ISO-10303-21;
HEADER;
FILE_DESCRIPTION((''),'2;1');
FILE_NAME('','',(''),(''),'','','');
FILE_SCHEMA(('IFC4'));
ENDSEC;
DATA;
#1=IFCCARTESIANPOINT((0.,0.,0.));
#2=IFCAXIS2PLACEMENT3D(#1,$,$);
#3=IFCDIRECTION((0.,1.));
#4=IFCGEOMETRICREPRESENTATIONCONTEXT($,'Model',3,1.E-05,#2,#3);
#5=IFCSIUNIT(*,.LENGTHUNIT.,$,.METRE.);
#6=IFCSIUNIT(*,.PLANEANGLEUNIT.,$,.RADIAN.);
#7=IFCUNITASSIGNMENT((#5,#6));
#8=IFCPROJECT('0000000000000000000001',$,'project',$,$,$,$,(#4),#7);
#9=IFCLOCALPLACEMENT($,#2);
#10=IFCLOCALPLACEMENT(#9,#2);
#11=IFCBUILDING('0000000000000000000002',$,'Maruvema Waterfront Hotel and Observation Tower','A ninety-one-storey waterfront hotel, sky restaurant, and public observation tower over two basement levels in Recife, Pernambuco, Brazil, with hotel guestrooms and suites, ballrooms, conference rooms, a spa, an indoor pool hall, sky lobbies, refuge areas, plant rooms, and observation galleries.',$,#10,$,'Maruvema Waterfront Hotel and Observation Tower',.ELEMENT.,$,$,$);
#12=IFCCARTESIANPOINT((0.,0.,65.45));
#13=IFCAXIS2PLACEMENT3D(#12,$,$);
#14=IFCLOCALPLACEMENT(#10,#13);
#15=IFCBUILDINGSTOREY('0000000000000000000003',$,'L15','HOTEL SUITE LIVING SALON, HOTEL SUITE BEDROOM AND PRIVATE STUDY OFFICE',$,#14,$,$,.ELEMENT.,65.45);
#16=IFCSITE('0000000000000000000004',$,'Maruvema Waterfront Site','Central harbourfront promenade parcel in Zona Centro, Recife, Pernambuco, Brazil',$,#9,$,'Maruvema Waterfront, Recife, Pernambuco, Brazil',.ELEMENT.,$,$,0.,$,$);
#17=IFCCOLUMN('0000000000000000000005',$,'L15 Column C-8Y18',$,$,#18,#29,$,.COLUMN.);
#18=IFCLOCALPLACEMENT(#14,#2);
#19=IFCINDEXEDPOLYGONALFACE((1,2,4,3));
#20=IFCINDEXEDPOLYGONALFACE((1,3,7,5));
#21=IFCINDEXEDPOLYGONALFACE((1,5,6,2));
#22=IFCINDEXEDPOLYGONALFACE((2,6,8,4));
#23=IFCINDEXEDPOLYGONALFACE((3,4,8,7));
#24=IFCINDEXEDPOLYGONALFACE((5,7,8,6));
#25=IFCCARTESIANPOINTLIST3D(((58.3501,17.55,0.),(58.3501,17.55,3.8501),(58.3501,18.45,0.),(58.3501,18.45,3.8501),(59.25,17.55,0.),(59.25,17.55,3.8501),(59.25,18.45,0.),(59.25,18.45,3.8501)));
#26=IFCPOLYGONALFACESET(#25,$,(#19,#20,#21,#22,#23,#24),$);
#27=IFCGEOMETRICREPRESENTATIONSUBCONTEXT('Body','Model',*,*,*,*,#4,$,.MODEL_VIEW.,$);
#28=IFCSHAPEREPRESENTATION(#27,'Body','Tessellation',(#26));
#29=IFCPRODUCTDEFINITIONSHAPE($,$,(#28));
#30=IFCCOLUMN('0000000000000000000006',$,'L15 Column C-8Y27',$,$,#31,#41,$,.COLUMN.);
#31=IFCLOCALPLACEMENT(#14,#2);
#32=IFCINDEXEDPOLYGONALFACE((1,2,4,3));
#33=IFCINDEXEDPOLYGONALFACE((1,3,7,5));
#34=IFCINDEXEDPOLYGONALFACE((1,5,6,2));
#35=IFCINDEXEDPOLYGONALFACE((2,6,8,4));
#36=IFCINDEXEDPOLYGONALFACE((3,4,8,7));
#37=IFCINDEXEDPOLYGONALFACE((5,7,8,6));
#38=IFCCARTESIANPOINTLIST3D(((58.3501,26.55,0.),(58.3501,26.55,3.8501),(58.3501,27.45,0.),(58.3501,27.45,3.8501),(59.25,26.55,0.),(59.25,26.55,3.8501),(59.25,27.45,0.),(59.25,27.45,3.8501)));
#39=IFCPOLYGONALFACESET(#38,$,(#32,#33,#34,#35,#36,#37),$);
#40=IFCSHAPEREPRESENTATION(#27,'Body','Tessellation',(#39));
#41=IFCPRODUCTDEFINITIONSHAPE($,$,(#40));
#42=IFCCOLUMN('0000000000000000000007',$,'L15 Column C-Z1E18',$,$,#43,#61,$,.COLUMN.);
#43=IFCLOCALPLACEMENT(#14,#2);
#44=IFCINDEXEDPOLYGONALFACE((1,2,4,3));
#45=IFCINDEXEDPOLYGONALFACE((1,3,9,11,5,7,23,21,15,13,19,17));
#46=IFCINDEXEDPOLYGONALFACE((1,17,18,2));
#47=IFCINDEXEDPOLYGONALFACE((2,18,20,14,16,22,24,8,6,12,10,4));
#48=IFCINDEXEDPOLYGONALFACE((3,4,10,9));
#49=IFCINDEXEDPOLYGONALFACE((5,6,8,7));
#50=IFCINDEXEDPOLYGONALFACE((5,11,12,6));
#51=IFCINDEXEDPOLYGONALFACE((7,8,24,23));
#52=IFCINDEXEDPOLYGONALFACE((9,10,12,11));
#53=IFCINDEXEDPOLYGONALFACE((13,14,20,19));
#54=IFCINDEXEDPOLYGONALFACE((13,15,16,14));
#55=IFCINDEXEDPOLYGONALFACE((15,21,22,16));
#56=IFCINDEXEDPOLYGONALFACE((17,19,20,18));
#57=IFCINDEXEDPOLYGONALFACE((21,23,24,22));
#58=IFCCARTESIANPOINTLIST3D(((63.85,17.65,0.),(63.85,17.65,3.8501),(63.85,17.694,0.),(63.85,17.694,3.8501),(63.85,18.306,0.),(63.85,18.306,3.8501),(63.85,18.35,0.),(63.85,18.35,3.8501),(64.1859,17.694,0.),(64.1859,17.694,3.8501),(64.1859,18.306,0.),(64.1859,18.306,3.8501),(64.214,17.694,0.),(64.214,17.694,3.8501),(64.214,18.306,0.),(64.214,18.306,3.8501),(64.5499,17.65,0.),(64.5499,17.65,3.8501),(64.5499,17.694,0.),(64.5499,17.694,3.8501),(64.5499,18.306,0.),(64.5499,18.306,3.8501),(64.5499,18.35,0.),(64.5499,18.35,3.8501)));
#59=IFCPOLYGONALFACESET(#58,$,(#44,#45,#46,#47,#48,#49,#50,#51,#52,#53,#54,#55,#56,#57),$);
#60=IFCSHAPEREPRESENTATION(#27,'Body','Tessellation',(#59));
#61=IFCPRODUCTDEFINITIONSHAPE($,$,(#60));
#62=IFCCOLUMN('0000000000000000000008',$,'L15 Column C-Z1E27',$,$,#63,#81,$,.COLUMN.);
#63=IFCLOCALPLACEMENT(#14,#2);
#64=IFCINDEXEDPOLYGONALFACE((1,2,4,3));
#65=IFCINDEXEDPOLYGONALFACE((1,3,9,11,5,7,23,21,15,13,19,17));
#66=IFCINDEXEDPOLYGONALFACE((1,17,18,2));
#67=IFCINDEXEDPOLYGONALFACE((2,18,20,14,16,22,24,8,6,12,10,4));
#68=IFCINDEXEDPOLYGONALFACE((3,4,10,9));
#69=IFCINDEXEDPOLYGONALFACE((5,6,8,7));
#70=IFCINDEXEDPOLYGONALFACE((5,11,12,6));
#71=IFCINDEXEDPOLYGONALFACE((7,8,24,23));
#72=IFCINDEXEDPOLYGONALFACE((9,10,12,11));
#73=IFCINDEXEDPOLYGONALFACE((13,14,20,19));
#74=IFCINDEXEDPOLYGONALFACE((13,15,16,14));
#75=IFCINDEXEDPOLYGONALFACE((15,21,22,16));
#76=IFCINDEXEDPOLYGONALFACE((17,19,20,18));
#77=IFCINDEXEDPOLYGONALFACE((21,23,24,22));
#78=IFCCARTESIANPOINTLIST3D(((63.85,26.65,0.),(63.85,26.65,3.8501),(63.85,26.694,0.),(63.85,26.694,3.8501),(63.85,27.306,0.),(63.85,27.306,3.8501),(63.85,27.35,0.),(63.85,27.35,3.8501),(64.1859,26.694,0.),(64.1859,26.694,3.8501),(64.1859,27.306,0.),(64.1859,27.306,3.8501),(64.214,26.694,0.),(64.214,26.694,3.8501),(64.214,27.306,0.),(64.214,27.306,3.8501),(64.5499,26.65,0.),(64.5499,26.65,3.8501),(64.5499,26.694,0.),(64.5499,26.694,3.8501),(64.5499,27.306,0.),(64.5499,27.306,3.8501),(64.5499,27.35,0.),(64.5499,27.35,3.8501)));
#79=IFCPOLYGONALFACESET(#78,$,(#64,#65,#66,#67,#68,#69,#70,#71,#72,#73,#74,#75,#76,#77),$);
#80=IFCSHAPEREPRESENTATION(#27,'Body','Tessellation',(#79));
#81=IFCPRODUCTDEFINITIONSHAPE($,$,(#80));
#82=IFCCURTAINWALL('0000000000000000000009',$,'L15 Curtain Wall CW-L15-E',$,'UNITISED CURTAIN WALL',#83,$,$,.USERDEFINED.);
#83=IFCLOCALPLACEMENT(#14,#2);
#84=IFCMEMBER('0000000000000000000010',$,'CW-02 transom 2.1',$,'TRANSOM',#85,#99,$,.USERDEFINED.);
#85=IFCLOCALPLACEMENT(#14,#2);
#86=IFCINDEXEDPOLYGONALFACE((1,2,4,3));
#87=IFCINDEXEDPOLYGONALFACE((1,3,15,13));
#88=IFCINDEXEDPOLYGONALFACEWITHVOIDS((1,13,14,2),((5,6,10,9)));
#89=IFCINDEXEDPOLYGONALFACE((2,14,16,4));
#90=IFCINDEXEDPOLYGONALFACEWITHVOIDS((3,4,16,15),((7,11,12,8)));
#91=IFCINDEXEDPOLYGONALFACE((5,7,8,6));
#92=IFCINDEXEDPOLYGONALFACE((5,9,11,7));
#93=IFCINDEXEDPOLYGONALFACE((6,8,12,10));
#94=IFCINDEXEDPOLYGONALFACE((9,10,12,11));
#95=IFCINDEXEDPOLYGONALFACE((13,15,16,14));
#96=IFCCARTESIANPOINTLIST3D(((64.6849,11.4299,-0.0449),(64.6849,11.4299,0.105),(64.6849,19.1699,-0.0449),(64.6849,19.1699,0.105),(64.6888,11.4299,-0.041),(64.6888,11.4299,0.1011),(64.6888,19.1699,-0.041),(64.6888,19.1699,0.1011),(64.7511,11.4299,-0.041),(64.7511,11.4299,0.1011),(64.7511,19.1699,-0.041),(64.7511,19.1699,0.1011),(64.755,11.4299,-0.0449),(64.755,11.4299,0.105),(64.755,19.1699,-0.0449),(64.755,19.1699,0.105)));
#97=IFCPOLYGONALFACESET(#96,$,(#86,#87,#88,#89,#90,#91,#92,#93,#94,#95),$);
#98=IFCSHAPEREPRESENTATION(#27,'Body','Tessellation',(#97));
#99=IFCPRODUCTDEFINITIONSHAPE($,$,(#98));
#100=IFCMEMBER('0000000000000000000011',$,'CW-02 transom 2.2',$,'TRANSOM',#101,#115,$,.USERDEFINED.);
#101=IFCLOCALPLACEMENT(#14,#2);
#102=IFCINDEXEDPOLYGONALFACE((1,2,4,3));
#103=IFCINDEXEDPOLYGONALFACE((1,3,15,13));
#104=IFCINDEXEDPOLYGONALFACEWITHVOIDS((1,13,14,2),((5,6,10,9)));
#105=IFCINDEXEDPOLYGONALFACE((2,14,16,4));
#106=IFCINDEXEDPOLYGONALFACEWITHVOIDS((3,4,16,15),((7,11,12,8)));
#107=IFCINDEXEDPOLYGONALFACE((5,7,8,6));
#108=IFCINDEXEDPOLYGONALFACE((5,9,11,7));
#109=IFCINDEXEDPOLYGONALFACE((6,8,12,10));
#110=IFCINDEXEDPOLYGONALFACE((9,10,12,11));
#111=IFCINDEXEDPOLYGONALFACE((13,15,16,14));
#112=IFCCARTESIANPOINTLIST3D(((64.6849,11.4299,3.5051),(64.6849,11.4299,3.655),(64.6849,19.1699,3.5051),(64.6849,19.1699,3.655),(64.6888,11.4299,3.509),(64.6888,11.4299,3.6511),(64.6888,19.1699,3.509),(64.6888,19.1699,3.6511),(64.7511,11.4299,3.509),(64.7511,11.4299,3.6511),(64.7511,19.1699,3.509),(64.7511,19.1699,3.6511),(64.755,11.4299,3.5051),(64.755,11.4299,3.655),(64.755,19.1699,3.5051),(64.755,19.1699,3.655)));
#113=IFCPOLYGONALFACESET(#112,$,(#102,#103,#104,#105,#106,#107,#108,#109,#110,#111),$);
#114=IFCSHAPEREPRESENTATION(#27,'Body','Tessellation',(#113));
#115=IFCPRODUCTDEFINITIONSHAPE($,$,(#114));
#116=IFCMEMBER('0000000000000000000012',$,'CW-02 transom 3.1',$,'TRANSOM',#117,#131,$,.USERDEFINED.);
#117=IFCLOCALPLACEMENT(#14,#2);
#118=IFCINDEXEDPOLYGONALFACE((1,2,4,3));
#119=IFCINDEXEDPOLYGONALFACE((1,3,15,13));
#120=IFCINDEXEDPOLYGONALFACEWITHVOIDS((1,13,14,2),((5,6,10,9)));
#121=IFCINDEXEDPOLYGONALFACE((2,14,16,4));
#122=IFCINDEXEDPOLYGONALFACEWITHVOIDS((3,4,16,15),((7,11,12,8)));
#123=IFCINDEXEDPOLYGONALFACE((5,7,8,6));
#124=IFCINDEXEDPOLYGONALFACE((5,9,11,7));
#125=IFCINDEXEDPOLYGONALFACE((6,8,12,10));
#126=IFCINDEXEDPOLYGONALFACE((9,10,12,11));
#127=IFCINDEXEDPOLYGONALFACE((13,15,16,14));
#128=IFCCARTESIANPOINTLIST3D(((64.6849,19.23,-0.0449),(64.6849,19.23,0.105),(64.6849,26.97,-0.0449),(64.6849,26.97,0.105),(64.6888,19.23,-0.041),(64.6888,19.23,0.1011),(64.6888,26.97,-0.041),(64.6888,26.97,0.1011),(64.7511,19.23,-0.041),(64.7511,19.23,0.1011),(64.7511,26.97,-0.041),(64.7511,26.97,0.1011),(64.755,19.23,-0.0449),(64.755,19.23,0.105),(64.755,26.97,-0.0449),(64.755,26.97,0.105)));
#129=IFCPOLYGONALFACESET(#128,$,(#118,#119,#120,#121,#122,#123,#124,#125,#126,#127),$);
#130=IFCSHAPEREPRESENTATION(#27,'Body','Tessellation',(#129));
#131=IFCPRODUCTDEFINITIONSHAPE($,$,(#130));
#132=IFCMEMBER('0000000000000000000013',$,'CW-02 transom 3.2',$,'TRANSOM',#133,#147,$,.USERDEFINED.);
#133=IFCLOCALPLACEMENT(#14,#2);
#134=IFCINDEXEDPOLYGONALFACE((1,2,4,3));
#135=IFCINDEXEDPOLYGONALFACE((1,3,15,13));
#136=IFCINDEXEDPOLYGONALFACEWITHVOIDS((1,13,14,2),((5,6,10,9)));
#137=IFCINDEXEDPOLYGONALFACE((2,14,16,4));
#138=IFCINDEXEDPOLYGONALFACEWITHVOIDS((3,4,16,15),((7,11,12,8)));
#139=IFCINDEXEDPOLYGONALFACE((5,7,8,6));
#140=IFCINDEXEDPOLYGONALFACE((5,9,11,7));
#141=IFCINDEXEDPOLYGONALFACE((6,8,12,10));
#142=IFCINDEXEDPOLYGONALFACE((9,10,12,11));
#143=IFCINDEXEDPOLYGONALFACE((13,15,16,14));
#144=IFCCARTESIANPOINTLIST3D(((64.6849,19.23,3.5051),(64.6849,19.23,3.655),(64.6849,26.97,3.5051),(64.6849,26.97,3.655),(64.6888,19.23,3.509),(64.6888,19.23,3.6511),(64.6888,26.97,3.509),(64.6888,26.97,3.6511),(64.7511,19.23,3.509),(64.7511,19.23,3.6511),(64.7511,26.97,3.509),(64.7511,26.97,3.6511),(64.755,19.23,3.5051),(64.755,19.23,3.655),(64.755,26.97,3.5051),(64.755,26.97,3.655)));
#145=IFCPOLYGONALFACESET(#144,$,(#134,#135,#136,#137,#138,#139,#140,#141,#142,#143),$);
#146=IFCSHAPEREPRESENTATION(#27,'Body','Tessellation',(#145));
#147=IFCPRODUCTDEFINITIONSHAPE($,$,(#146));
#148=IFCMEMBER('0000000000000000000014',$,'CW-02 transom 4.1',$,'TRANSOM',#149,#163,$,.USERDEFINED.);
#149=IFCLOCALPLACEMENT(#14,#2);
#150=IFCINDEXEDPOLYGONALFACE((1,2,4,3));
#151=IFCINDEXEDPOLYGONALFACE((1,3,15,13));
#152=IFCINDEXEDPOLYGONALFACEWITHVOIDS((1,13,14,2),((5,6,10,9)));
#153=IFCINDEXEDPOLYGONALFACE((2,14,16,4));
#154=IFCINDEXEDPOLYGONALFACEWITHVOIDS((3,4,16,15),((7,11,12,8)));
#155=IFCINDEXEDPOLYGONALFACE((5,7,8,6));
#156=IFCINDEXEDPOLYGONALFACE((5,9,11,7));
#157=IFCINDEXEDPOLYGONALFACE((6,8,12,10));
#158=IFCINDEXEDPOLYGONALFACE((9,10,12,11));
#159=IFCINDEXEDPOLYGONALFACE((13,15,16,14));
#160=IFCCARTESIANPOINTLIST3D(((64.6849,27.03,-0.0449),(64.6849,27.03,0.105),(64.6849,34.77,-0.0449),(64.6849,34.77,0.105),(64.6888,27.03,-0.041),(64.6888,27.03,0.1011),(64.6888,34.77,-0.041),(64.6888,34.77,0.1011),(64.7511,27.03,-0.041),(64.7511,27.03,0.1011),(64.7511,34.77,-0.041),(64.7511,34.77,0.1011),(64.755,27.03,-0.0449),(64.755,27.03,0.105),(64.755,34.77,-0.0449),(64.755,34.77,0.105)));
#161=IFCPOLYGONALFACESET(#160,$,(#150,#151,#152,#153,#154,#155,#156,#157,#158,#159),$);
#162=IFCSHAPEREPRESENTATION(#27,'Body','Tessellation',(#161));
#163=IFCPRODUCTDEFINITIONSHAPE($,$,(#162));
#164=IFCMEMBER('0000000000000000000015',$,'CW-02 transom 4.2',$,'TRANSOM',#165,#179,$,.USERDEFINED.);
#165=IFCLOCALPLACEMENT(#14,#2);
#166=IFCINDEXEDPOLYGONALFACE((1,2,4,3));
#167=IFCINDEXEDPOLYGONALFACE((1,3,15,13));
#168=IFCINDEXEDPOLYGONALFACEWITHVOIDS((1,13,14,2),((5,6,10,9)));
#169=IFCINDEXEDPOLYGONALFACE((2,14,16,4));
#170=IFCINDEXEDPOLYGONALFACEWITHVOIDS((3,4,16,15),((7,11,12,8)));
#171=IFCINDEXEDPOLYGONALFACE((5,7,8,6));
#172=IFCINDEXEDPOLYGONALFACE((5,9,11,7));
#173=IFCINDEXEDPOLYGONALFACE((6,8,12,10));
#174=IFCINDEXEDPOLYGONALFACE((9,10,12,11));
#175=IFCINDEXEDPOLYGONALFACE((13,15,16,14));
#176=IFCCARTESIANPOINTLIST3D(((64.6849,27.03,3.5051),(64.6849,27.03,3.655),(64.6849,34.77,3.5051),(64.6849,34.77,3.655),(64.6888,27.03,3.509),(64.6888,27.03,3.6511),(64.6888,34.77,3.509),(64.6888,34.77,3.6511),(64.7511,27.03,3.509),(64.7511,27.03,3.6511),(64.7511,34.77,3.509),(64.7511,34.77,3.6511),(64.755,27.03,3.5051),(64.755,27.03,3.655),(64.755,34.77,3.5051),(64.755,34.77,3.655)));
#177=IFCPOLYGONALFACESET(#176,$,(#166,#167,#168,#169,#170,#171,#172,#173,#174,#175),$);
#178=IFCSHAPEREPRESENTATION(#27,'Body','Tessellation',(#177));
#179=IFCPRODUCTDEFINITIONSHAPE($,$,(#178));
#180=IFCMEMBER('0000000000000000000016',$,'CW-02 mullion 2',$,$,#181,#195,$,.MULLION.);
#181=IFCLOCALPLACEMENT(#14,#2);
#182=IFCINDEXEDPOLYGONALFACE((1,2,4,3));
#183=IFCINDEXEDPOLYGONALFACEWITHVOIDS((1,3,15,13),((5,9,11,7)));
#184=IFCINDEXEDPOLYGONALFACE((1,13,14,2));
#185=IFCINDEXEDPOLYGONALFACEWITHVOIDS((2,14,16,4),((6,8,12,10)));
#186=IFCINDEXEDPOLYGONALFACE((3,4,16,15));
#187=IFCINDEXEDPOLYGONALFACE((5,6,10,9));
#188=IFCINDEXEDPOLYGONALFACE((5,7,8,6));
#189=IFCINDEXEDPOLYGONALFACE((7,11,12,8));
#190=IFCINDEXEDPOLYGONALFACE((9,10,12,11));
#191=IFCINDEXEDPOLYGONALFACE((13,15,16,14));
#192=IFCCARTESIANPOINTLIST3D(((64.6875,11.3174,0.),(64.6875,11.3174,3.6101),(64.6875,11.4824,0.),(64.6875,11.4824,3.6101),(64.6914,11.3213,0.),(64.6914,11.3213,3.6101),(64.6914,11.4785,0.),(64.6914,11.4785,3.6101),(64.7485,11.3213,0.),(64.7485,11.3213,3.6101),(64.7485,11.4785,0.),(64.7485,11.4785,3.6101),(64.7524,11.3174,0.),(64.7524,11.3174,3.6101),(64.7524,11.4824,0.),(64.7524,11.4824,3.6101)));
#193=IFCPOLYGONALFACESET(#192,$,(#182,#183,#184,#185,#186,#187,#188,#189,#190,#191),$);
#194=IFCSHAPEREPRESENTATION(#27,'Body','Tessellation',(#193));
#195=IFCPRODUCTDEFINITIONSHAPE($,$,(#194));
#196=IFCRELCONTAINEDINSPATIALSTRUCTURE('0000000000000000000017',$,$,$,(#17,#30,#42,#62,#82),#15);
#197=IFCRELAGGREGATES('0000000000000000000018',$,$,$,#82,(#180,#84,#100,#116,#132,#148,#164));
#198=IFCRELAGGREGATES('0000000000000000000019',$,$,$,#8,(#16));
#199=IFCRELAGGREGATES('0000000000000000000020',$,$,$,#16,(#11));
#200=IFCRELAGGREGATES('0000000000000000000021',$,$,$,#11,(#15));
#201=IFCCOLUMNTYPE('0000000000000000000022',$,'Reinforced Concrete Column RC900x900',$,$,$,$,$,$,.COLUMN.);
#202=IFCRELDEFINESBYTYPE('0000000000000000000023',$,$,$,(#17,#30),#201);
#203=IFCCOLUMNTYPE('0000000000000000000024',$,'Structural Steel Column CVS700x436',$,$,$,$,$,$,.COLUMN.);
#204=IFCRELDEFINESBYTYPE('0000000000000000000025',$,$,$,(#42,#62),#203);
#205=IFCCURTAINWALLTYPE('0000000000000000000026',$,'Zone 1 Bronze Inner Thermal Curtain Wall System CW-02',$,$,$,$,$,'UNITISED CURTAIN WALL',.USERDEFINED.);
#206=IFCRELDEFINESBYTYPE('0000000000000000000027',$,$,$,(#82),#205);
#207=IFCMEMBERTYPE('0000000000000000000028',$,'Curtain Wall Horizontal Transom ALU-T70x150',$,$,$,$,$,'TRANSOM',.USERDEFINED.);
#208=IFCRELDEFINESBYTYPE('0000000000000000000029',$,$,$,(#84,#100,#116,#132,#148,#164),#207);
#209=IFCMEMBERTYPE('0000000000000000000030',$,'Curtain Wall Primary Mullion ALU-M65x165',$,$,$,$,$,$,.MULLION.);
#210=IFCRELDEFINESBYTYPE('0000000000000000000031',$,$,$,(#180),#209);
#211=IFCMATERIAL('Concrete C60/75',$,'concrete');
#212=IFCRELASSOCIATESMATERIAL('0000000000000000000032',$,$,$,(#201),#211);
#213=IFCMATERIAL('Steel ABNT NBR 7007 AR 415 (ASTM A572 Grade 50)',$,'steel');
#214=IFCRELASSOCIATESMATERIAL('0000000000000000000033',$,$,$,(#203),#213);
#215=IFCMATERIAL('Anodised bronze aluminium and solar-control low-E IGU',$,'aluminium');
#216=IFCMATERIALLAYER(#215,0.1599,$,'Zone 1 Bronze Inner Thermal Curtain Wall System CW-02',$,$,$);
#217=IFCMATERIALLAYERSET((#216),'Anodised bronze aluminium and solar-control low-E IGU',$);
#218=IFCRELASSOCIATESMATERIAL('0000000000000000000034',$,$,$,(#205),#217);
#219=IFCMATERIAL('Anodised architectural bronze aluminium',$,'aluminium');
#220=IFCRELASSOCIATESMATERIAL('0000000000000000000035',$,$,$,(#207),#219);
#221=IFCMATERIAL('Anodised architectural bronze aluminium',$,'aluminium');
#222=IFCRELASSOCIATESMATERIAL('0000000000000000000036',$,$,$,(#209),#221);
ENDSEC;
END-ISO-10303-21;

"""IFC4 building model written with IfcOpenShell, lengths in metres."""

from ifc_helpers import new_model, si_unit, direction, frame, origin, origin_2d, place, context, subcontext, project, spatial, rectangle, hollow_rectangle, i_section, extrude, material, layer, layer_set, material_profile, profile_set, type_object, element, aggregate, save


model = new_model("IFC4")

# Units and contexts
model_context = context("Model", 3, precision=1e-05, world=origin(), true_north=direction((0.0, 1.0)))
body_context = subcontext(model_context, "Body", "Model", "MODEL_VIEW")
ifc_project = project(units=[si_unit("LENGTHUNIT", "METRE"), si_unit("PLANEANGLEUNIT", "RADIAN")], contexts=[model_context])

# Site, building, storey
site_placement = place(None, origin())
site = spatial("IfcSite", under=ifc_project, at=site_placement, Name="Maruvema Waterfront Site", Description="Central harbourfront promenade parcel in Zona Centro, Recife, Pernambuco, Brazil", LongName="Maruvema Waterfront, Recife, Pernambuco, Brazil", CompositionType="ELEMENT", RefElevation=0.0)
building_placement = place(site_placement, origin())
building = spatial("IfcBuilding", under=site, at=building_placement, Name="Maruvema Waterfront Hotel and Observation Tower", Description="A ninety-one-storey waterfront hotel, sky restaurant, and public observation tower over two basement levels in Recife, Pernambuco, Brazil, with hotel guestrooms and suites, ballrooms, conference rooms, a spa, an indoor pool hall, sky lobbies, refuge areas, plant rooms, and observation galleries.", LongName="Maruvema Waterfront Hotel and Observation Tower", CompositionType="ELEMENT")
storey_placement = place(building_placement, frame((0.0, 0.0, 65.45)))
storey = spatial("IfcBuildingStorey", under=building, at=storey_placement, Name="L15", Description="HOTEL SUITE LIVING SALON, HOTEL SUITE BEDROOM AND PRIVATE STUDY OFFICE", CompositionType="ELEMENT", Elevation=65.45)

# Columns
ifc_material_1 = material(Name="Concrete C60/75", Category="concrete")
ifc_material_profile_1 = material_profile(ifc_material_1, rectangle(XDim=0.8999, YDim=0.8999, at=origin_2d()), Name="RC900x900")
ifc_profile_set_1 = profile_set([ifc_material_profile_1], Name="Concrete C60/75")
column_type_1 = type_object("IfcColumnType", Name="Reinforced Concrete Column RC900x900", PredefinedType="COLUMN", material=ifc_profile_set_1)
for number, where, z_axis, x_axis, name in (
    (1, (58.8, 18.0, 0.0), (0.0, 0.0, 1.0), (1.0, 0.0, 0.0), "L15 Column C-8Y18"),
    (2, (58.8, 27.0, 0.0), (0.0, 0.0, 1.0), (1.0, 0.0, 0.0), "L15 Column C-8Y27"),
):
    element("IfcColumn", number, at=place(storey_placement, frame(where, z_axis=z_axis, x_axis=x_axis)), inside=storey, type_object=column_type_1, Name=name, PredefinedType="COLUMN", context=body_context, shape_type="SweptSolid", body=[
        extrude(rectangle(XDim=0.8999, YDim=0.8999, at=origin_2d()), origin(), (0.0, 0.0, 1.0), 3.8501),
    ])
ifc_material_2 = material(Name="Steel ABNT NBR 7007 AR 415 (ASTM A572 Grade 50)", Category="steel")
ifc_material_profile_2 = material_profile(ifc_material_2, i_section(OverallWidth=0.7, OverallDepth=0.7, WebThickness=0.0281, FlangeThickness=0.0439, at=origin_2d()), Name="CVS700x436")
ifc_profile_set_2 = profile_set([ifc_material_profile_2], Name="Steel ABNT NBR 7007 AR 415 (ASTM A572 Grade 50)")
column_type_2 = type_object("IfcColumnType", Name="Structural Steel Column CVS700x436", PredefinedType="COLUMN", material=ifc_profile_set_2)
for number, where, z_axis, x_axis, name in (
    (3, (64.2, 18.0, 0.0), (0.0, 0.0, 1.0), (1.0, 0.0, 0.0), "L15 Column C-Z1E18"),
    (4, (64.2, 27.0, 0.0), (0.0, 0.0, 1.0), (1.0, 0.0, 0.0), "L15 Column C-Z1E27"),
):
    element("IfcColumn", number, at=place(storey_placement, frame(where, z_axis=z_axis, x_axis=x_axis)), inside=storey, type_object=column_type_2, Name=name, PredefinedType="COLUMN", context=body_context, shape_type="SweptSolid", body=[
        extrude(i_section(OverallWidth=0.7, OverallDepth=0.7, WebThickness=0.0281, FlangeThickness=0.0439, at=origin_2d()), origin(), (0.0, 0.0, 1.0), 3.8501),
    ])

# Curtain wall, members
ifc_material_3 = material(Name="Anodised bronze aluminium and solar-control low-E IGU", Category="aluminium")
ifc_layer_1 = layer(ifc_material_3, 0.1599, Name="Zone 1 Bronze Inner Thermal Curtain Wall System CW-02")
ifc_layer_set_1 = layer_set([ifc_layer_1], Name="Anodised bronze aluminium and solar-control low-E IGU")
curtain_wall_type = type_object("IfcCurtainWallType", Name="Zone 1 Bronze Inner Thermal Curtain Wall System CW-02", ElementType="UNITISED CURTAIN WALL", PredefinedType="USERDEFINED", material=ifc_layer_set_1)
curtain_wall_placement = place(storey_placement, origin())
curtain_wall = element("IfcCurtainWall", 5, at=curtain_wall_placement, inside=storey, type_object=curtain_wall_type, Name="L15 Curtain Wall CW-L15-E", ObjectType="UNITISED CURTAIN WALL", PredefinedType="USERDEFINED")
ifc_material_4 = material(Name="Anodised architectural bronze aluminium", Category="aluminium")
ifc_material_profile_3 = material_profile(ifc_material_4, hollow_rectangle(XDim=0.0701, YDim=0.1499, WallThickness=0.0039, at=origin_2d()), Name="ALU-T70x150")
ifc_profile_set_3 = profile_set([ifc_material_profile_3], Name="Anodised architectural bronze aluminium")
member_type_1 = type_object("IfcMemberType", Name="Curtain Wall Horizontal Transom ALU-T70x150", ElementType="TRANSOM", PredefinedType="USERDEFINED", material=ifc_profile_set_3)
member_1_placement = place(storey_placement, frame((64.72, 11.4299, 0.03), z_axis=(0.0, 1.0, 0.0), x_axis=(-1.0, 0.0, 0.0)))
member_1 = element("IfcMember", 6, at=member_1_placement, type_object=member_type_1, Name="CW-02 transom 2.1", ObjectType="TRANSOM", PredefinedType="USERDEFINED", context=body_context, shape_type="SweptSolid", body=[
    extrude(hollow_rectangle(XDim=0.0701, YDim=0.1499, WallThickness=0.0039, at=origin_2d()), origin(), (0.0, 0.0, 1.0), 7.74),
])
member_2_placement = place(storey_placement, frame((64.72, 11.4299, 3.5801), z_axis=(0.0, 1.0, 0.0), x_axis=(-1.0, 0.0, 0.0)))
member_2 = element("IfcMember", 7, at=member_2_placement, type_object=member_type_1, Name="CW-02 transom 2.2", ObjectType="TRANSOM", PredefinedType="USERDEFINED", context=body_context, shape_type="SweptSolid", body=[
    extrude(hollow_rectangle(XDim=0.0701, YDim=0.1499, WallThickness=0.0039, at=origin_2d()), origin(), (0.0, 0.0, 1.0), 7.74),
])
member_3_placement = place(storey_placement, frame((64.72, 19.23, 0.03), z_axis=(0.0, 1.0, 0.0), x_axis=(-1.0, 0.0, 0.0)))
member_3 = element("IfcMember", 8, at=member_3_placement, type_object=member_type_1, Name="CW-02 transom 3.1", ObjectType="TRANSOM", PredefinedType="USERDEFINED", context=body_context, shape_type="SweptSolid", body=[
    extrude(hollow_rectangle(XDim=0.0701, YDim=0.1499, WallThickness=0.0039, at=origin_2d()), origin(), (0.0, 0.0, 1.0), 7.74),
])
member_4_placement = place(storey_placement, frame((64.72, 19.23, 3.5801), z_axis=(0.0, 1.0, 0.0), x_axis=(-1.0, 0.0, 0.0)))
member_4 = element("IfcMember", 9, at=member_4_placement, type_object=member_type_1, Name="CW-02 transom 3.2", ObjectType="TRANSOM", PredefinedType="USERDEFINED", context=body_context, shape_type="SweptSolid", body=[
    extrude(hollow_rectangle(XDim=0.0701, YDim=0.1499, WallThickness=0.0039, at=origin_2d()), origin(), (0.0, 0.0, 1.0), 7.74),
])
member_5_placement = place(storey_placement, frame((64.72, 27.03, 0.03), z_axis=(0.0, 1.0, 0.0), x_axis=(-1.0, 0.0, 0.0)))
member_5 = element("IfcMember", 10, at=member_5_placement, type_object=member_type_1, Name="CW-02 transom 4.1", ObjectType="TRANSOM", PredefinedType="USERDEFINED", context=body_context, shape_type="SweptSolid", body=[
    extrude(hollow_rectangle(XDim=0.0701, YDim=0.1499, WallThickness=0.0039, at=origin_2d()), origin(), (0.0, 0.0, 1.0), 7.74),
])
member_6_placement = place(storey_placement, frame((64.72, 27.03, 3.5801), z_axis=(0.0, 1.0, 0.0), x_axis=(-1.0, 0.0, 0.0)))
member_6 = element("IfcMember", 11, at=member_6_placement, type_object=member_type_1, Name="CW-02 transom 4.2", ObjectType="TRANSOM", PredefinedType="USERDEFINED", context=body_context, shape_type="SweptSolid", body=[
    extrude(hollow_rectangle(XDim=0.0701, YDim=0.1499, WallThickness=0.0039, at=origin_2d()), origin(), (0.0, 0.0, 1.0), 7.74),
])
ifc_material_5 = material(Name="Anodised architectural bronze aluminium", Category="aluminium")
ifc_material_profile_4 = material_profile(ifc_material_5, hollow_rectangle(XDim=0.0649, YDim=0.165, WallThickness=0.0039, at=origin_2d()), Name="ALU-M65x165")
ifc_profile_set_4 = profile_set([ifc_material_profile_4], Name="Anodised architectural bronze aluminium")
member_type_2 = type_object("IfcMemberType", Name="Curtain Wall Primary Mullion ALU-M65x165", PredefinedType="MULLION", material=ifc_profile_set_4)
member_7_placement = place(storey_placement, frame((64.72, 11.3999, 0.0), z_axis=(0.0, 0.0, 1.0), x_axis=(-1.0, 0.0, 0.0)))
member_7 = element("IfcMember", 12, at=member_7_placement, type_object=member_type_2, Name="CW-02 mullion 2", PredefinedType="MULLION", context=body_context, shape_type="SweptSolid", body=[
    extrude(hollow_rectangle(XDim=0.0649, YDim=0.165, WallThickness=0.0039, at=origin_2d()), origin(), (0.0, 0.0, 1.0), 3.6101),
])

aggregate(curtain_wall, [member_7, member_1, member_2, member_3, member_4, member_5, member_6])

save(model, "model.ifc")
